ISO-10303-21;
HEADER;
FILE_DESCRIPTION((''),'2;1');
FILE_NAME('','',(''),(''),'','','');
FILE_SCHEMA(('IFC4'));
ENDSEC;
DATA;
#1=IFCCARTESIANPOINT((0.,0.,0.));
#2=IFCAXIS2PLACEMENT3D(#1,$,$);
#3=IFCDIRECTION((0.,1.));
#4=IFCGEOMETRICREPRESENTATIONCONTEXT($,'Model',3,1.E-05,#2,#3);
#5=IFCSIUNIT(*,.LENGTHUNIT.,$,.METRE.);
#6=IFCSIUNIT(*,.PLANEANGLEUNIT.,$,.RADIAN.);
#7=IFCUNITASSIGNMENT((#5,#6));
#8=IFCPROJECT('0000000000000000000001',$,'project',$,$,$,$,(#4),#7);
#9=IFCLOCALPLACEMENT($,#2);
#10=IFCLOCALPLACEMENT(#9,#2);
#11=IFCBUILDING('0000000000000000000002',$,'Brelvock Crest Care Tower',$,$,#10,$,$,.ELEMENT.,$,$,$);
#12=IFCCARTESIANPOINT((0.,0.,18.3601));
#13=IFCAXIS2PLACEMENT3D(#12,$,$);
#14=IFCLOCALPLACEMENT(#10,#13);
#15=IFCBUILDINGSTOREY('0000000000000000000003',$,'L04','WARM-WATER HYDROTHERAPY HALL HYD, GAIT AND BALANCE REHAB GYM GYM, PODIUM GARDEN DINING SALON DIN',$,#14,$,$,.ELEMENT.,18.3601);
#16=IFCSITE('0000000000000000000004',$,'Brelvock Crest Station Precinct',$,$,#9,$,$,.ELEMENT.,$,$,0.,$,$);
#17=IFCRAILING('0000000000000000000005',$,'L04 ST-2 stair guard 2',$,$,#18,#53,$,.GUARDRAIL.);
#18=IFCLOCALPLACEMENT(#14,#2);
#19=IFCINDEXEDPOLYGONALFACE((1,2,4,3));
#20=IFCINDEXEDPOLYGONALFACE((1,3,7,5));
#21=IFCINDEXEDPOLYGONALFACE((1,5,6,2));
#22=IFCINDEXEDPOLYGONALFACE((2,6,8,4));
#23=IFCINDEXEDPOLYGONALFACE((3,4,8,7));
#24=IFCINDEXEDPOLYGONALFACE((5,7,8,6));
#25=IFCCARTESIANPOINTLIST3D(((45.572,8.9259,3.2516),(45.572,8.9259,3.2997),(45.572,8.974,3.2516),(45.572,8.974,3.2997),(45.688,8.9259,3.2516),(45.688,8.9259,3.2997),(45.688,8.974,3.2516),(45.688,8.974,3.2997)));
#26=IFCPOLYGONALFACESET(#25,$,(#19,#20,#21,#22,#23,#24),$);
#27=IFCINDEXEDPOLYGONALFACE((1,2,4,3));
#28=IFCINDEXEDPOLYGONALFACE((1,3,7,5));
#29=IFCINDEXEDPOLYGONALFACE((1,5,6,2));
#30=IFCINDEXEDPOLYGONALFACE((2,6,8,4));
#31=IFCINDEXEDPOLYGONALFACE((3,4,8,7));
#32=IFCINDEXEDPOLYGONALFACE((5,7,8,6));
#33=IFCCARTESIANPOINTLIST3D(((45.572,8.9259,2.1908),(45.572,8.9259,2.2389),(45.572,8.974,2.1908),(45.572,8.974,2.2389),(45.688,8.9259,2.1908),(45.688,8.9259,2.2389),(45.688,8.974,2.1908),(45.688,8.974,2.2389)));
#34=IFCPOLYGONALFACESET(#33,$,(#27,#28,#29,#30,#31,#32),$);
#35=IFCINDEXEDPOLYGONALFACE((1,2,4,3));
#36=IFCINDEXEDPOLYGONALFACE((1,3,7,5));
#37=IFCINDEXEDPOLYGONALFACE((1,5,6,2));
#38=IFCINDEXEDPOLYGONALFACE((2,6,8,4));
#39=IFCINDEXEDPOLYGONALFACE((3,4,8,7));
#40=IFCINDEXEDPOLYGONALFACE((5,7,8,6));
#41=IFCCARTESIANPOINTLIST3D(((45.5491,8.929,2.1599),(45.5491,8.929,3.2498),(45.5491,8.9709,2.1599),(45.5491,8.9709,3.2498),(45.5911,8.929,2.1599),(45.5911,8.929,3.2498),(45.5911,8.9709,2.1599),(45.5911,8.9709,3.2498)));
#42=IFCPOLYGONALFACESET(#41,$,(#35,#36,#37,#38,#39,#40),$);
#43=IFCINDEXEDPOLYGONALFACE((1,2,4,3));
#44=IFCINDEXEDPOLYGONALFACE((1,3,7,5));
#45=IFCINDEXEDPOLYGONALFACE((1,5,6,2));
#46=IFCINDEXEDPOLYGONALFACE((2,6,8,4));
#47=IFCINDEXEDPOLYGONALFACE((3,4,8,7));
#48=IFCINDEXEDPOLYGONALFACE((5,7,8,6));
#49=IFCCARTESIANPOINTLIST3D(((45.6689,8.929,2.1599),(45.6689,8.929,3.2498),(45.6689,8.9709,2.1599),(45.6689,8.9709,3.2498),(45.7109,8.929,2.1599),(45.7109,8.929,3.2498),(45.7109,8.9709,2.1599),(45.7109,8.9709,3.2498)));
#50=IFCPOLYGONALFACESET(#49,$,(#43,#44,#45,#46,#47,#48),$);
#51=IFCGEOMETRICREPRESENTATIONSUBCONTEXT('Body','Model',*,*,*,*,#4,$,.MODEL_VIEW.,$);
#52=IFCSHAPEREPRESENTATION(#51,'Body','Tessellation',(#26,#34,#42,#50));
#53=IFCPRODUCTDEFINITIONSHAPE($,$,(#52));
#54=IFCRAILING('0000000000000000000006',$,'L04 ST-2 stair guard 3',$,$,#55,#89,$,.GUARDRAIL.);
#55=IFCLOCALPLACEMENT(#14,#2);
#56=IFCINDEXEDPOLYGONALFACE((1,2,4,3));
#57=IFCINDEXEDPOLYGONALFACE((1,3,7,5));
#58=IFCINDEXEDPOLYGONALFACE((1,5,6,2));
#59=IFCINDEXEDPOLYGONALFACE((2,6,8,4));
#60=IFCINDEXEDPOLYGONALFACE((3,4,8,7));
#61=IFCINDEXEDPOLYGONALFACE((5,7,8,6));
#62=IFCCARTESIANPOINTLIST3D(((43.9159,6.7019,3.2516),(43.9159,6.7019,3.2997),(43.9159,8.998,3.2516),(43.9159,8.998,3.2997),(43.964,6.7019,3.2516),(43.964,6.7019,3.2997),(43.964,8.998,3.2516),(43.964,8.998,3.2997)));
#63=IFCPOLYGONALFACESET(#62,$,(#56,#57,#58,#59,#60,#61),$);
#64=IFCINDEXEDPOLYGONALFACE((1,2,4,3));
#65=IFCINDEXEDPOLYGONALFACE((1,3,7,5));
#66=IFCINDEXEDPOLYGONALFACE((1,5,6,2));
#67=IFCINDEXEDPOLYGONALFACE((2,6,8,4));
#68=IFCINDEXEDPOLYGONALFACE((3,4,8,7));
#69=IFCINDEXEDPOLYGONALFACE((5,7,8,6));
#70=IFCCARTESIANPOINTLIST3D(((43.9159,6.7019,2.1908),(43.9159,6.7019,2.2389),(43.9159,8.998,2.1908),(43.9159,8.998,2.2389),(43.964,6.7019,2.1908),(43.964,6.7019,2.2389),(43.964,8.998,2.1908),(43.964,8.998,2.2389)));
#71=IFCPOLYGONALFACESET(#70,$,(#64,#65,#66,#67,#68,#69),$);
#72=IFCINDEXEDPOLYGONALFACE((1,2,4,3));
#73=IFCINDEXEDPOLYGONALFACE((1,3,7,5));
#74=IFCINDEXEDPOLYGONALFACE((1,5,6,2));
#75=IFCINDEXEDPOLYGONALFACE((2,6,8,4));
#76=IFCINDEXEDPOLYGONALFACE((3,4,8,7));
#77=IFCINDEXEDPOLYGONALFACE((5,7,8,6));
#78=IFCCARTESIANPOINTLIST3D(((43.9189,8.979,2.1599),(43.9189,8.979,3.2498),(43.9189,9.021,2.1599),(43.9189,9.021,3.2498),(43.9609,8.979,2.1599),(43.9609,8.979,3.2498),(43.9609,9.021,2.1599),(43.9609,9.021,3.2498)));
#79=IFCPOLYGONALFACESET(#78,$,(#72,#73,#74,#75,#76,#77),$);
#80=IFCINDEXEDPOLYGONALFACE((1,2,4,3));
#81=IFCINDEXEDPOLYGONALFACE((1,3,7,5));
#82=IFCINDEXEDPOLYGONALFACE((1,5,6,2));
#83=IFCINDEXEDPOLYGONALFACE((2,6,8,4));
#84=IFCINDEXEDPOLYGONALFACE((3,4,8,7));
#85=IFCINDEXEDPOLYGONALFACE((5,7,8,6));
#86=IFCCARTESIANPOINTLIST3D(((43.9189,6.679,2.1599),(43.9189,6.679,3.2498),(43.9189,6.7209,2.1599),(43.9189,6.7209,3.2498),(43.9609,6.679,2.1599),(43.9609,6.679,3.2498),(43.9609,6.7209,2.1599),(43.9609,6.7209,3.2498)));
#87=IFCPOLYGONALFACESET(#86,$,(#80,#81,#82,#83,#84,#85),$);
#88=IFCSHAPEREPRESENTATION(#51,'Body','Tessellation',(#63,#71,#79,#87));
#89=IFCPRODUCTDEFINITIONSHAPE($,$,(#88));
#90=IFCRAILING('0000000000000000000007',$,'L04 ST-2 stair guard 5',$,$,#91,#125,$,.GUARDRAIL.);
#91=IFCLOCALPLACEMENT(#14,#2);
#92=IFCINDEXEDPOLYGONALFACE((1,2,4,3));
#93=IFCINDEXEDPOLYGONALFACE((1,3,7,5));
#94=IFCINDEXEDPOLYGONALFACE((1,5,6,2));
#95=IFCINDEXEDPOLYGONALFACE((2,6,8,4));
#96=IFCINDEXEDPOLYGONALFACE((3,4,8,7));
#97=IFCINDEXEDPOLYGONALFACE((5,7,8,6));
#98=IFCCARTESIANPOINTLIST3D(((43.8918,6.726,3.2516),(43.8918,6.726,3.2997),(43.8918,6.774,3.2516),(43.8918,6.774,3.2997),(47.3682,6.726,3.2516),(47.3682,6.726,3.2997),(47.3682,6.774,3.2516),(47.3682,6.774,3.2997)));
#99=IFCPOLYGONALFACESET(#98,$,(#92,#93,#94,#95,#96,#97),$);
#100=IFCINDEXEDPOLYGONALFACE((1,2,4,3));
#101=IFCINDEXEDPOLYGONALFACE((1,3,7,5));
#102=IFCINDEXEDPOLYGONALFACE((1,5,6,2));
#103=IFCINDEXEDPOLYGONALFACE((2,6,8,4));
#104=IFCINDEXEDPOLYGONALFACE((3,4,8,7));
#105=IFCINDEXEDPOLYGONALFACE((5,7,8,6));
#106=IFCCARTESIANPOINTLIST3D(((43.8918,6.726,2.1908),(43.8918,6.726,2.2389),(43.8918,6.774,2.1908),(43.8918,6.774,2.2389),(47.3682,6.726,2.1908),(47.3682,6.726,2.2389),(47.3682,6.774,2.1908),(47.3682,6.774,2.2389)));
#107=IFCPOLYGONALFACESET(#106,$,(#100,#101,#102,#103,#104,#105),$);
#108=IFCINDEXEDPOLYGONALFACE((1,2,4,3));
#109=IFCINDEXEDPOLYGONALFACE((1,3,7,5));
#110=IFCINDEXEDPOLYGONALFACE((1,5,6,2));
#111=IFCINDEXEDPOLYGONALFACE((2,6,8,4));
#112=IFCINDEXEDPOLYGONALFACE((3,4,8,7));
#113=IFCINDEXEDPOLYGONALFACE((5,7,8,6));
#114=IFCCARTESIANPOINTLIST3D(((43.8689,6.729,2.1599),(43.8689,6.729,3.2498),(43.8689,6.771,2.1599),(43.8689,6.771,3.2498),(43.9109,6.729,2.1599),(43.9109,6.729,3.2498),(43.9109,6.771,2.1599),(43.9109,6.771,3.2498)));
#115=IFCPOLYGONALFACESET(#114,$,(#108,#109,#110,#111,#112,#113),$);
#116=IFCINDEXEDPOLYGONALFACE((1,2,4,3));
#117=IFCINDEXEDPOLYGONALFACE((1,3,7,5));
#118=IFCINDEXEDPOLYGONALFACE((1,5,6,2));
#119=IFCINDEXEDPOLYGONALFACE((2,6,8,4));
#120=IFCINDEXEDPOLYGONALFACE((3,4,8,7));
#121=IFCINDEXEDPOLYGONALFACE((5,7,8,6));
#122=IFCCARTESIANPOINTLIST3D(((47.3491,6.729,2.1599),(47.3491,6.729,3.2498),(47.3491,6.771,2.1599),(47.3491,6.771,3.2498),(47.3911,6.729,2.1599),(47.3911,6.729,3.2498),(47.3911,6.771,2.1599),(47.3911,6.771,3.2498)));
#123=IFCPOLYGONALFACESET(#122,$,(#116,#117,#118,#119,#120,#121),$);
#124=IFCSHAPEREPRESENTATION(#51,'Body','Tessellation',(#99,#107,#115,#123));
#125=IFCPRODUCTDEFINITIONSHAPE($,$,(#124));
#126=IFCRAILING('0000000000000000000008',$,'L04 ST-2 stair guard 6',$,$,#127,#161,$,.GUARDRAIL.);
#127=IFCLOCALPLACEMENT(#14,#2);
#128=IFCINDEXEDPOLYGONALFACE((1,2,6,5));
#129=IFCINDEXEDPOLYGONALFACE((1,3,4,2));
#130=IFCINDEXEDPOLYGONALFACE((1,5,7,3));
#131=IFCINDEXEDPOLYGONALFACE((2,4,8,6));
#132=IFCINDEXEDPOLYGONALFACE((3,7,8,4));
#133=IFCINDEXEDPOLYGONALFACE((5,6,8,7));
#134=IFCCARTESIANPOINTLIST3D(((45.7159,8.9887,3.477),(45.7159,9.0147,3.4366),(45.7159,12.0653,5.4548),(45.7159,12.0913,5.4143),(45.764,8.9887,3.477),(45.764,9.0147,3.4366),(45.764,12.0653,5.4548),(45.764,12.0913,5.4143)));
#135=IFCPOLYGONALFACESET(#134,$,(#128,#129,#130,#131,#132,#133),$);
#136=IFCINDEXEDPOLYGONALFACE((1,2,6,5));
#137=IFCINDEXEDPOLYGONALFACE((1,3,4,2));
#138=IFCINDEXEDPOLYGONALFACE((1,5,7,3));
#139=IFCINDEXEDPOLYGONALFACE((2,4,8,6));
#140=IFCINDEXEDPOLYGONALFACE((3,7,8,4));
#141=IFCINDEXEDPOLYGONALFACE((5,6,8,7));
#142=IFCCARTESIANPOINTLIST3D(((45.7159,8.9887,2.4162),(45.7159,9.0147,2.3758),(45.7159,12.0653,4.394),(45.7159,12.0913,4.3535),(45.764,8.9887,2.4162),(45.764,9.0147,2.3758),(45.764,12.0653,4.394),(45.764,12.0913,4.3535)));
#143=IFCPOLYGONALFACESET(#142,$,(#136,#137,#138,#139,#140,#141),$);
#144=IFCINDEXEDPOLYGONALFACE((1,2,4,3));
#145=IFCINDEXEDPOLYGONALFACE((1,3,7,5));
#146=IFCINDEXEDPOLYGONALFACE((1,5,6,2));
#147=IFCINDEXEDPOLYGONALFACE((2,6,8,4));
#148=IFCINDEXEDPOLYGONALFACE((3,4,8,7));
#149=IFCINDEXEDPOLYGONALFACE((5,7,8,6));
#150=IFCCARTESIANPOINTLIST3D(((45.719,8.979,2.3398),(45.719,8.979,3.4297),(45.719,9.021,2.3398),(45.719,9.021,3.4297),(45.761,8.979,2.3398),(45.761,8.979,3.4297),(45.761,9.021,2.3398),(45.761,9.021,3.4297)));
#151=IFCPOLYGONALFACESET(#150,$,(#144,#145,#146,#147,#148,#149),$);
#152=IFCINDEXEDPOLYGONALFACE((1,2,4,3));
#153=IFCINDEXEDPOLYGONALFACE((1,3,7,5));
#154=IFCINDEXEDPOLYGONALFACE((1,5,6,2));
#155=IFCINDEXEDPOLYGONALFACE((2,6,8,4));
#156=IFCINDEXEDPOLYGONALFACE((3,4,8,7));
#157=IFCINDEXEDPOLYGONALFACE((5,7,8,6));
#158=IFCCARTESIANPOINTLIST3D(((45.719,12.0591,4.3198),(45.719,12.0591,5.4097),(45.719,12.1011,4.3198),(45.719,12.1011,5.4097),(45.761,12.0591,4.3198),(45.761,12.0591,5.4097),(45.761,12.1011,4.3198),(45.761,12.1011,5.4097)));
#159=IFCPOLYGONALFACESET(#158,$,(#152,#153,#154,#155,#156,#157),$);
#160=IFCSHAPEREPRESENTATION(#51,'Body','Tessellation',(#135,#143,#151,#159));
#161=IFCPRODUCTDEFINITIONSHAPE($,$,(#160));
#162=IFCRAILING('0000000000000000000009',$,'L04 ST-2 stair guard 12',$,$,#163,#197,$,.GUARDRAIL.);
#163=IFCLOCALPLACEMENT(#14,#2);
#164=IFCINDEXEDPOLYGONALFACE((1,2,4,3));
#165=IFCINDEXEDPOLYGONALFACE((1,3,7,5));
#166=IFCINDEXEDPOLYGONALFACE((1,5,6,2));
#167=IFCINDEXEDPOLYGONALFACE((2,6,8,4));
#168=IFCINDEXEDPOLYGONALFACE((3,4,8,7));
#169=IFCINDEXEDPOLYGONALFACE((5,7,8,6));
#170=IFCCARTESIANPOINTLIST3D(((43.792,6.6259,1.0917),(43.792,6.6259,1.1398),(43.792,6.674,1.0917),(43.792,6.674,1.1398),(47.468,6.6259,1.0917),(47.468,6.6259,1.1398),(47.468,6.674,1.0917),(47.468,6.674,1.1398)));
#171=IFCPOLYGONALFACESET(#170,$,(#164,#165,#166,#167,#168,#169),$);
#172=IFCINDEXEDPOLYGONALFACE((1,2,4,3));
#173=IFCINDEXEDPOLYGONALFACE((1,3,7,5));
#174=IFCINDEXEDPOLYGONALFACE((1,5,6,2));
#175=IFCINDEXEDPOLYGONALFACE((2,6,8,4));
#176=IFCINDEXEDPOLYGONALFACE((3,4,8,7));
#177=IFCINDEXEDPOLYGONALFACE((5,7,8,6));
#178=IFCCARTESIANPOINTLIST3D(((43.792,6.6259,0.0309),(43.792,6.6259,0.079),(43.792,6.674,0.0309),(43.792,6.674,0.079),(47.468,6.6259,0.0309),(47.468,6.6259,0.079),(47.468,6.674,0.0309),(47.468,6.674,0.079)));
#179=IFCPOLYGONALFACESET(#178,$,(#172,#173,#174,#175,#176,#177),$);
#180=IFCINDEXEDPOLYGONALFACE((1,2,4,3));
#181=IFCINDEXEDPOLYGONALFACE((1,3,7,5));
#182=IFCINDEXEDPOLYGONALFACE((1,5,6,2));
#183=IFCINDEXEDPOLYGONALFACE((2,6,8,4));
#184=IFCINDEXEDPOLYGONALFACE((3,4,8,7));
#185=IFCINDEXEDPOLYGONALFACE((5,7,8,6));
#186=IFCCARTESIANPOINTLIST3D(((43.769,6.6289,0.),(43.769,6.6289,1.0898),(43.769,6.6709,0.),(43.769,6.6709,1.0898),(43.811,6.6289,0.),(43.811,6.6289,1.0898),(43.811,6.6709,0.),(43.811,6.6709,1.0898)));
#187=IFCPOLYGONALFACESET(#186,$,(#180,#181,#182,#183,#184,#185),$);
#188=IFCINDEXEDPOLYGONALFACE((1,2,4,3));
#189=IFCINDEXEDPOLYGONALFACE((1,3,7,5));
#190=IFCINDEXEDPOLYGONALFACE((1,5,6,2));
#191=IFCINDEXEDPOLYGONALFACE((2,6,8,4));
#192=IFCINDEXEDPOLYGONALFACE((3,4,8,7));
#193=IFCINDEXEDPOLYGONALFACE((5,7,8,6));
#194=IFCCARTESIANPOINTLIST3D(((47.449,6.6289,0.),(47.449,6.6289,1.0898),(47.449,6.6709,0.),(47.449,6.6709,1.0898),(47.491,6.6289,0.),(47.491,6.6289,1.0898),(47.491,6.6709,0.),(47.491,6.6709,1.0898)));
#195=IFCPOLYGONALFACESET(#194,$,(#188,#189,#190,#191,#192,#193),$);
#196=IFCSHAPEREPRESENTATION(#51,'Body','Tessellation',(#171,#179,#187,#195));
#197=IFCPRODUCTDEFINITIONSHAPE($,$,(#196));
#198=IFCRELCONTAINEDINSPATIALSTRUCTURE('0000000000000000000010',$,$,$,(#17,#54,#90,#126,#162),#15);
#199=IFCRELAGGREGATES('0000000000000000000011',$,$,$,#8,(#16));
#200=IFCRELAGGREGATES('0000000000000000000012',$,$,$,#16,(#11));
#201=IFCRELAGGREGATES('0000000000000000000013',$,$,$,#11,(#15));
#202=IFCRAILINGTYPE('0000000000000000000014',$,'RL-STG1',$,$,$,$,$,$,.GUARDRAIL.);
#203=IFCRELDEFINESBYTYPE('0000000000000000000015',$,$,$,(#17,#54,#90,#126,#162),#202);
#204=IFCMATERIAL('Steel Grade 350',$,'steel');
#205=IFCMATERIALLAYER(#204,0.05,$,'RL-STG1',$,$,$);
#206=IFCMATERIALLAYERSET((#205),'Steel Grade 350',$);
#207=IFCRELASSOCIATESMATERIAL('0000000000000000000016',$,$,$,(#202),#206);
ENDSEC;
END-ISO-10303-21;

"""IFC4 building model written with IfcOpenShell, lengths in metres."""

from ifc_helpers import new_model, si_unit, direction, frame, origin, origin_2d, place, context, subcontext, project, spatial, rectangle, extrude, material, layer, layer_set, type_object, element, save


model = new_model("IFC4")

# Units and contexts
model_context = context("Model", 3, precision=1e-05, world=origin(), true_north=direction((0.0, 1.0)))
body_context = subcontext(model_context, "Body", "Model", "MODEL_VIEW")
ifc_project = project(units=[si_unit("LENGTHUNIT", "METRE"), si_unit("PLANEANGLEUNIT", "RADIAN")], contexts=[model_context])

# Site, building, storey
site_placement = place(None, origin())
site = spatial("IfcSite", under=ifc_project, at=site_placement, Name="Brelvock Crest Station Precinct", CompositionType="ELEMENT", RefElevation=0.0)
building_placement = place(site_placement, origin())
building = spatial("IfcBuilding", under=site, at=building_placement, Name="Brelvock Crest Care Tower", CompositionType="ELEMENT")
storey_placement = place(building_placement, frame((0.0, 0.0, 18.3601)))
storey = spatial("IfcBuildingStorey", under=building, at=storey_placement, Name="L04", Description="WARM-WATER HYDROTHERAPY HALL HYD, GAIT AND BALANCE REHAB GYM GYM, PODIUM GARDEN DINING SALON DIN", CompositionType="ELEMENT", Elevation=18.3601)

# Shared definitions
ifc_material_1 = material(Name="Steel Grade 350", Category="steel")

# Railings
ifc_layer_1 = layer(ifc_material_1, 0.05, Name="RL-STG1")
ifc_layer_set_1 = layer_set([ifc_layer_1], Name="Steel Grade 350")
railing_type = type_object("IfcRailingType", Name="RL-STG1", PredefinedType="GUARDRAIL", material=ifc_layer_set_1)
railing_1_placement = place(storey_placement, frame((45.5701, 8.95, 2.1599)))
element("IfcRailing", 1, at=railing_1_placement, inside=storey, type_object=railing_type, Name="L04 ST-2 stair guard 2", PredefinedType="GUARDRAIL", context=body_context, shape_type="SweptSolid", body=[
    extrude(rectangle(XDim=0.0481, YDim=0.0481, at=origin_2d()), frame((0.002, 0.0, 1.1157), z_axis=(1.0, 0.0, 0.0), x_axis=(0.0, 1.0, 0.0)), (0.0, 0.0, 1.0), 0.116),
    extrude(rectangle(XDim=0.0481, YDim=0.0481, at=origin_2d()), frame((0.002, 0.0, 0.0549), z_axis=(1.0, 0.0, 0.0), x_axis=(0.0, 1.0, 0.0)), (0.0, 0.0, 1.0), 0.116),
    extrude(rectangle(XDim=0.042, YDim=0.042, at=origin_2d()), origin(), (0.0, 0.0, 1.0), 1.0898),
    extrude(rectangle(XDim=0.042, YDim=0.042, at=origin_2d()), frame((0.1199, 0.0, 0.0)), (0.0, 0.0, 1.0), 1.0898),
])
railing_2_placement = place(storey_placement, frame((43.9399, 9.0, 2.1599)))
element("IfcRailing", 2, at=railing_2_placement, inside=storey, type_object=railing_type, Name="L04 ST-2 stair guard 3", PredefinedType="GUARDRAIL", context=body_context, shape_type="SweptSolid", body=[
    extrude(rectangle(XDim=0.0481, YDim=0.0481, at=origin_2d()), frame((0.0, -0.002, 1.1157), z_axis=(0.0, -1.0, 0.0), x_axis=(1.0, 0.0, 0.0)), (0.0, 0.0, 1.0), 2.2961),
    extrude(rectangle(XDim=0.0481, YDim=0.0481, at=origin_2d()), frame((0.0, -0.002, 0.0549), z_axis=(0.0, -1.0, 0.0), x_axis=(1.0, 0.0, 0.0)), (0.0, 0.0, 1.0), 2.2961),
    extrude(rectangle(XDim=0.042, YDim=0.042, at=origin_2d()), origin(), (0.0, 0.0, 1.0), 1.0898),
    extrude(rectangle(XDim=0.042, YDim=0.042, at=origin_2d()), frame((0.0, -2.3, 0.0)), (0.0, 0.0, 1.0), 1.0898),
])
railing_3_placement = place(storey_placement, frame((43.8899, 6.75, 2.1599)))
element("IfcRailing", 3, at=railing_3_placement, inside=storey, type_object=railing_type, Name="L04 ST-2 stair guard 5", PredefinedType="GUARDRAIL", context=body_context, shape_type="SweptSolid", body=[
    extrude(rectangle(XDim=0.0481, YDim=0.0481, at=origin_2d()), frame((0.002, 0.0, 1.1157), z_axis=(1.0, 0.0, 0.0), x_axis=(0.0, 1.0, 0.0)), (0.0, 0.0, 1.0), 3.4763),
    extrude(rectangle(XDim=0.0481, YDim=0.0481, at=origin_2d()), frame((0.002, 0.0, 0.0549), z_axis=(1.0, 0.0, 0.0), x_axis=(0.0, 1.0, 0.0)), (0.0, 0.0, 1.0), 3.4763),
    extrude(rectangle(XDim=0.042, YDim=0.042, at=origin_2d()), origin(), (0.0, 0.0, 1.0), 1.0898),
    extrude(rectangle(XDim=0.042, YDim=0.042, at=origin_2d()), frame((3.4802, 0.0, 0.0)), (0.0, 0.0, 1.0), 1.0898),
])
railing_4_placement = place(storey_placement, frame((45.74, 9.0, 2.3398)))
element("IfcRailing", 4, at=railing_4_placement, inside=storey, type_object=railing_type, Name="L04 ST-2 stair guard 6", PredefinedType="GUARDRAIL", context=body_context, shape_type="SweptSolid", body=[
    extrude(rectangle(XDim=0.0481, YDim=0.0481, at=origin_2d()), frame((0.0, 0.0017, 1.1169), z_axis=(0.0, 0.841187, 0.540744), x_axis=(-1.0, 0.0, 0.0)), (0.0, 0.0, 1.0), 3.6575),
    extrude(rectangle(XDim=0.0481, YDim=0.0481, at=origin_2d()), frame((0.0, 0.0017, 0.0562), z_axis=(0.0, 0.841187, 0.540744), x_axis=(-1.0, 0.0, 0.0)), (0.0, 0.0, 1.0), 3.6575),
    extrude(rectangle(XDim=0.042, YDim=0.042, at=origin_2d()), origin(), (0.0, 0.0, 1.0), 1.0898),
    extrude(rectangle(XDim=0.042, YDim=0.042, at=origin_2d()), frame((0.0, 3.0801, 1.98)), (0.0, 0.0, 1.0), 1.0898),
])
railing_5_placement = place(storey_placement, frame((43.79, 6.6499, 0.0)))
element("IfcRailing", 5, at=railing_5_placement, inside=storey, type_object=railing_type, Name="L04 ST-2 stair guard 12", PredefinedType="GUARDRAIL", context=body_context, shape_type="SweptSolid", body=[
    extrude(rectangle(XDim=0.0481, YDim=0.0481, at=origin_2d()), frame((0.002, 0.0, 1.1157), z_axis=(1.0, 0.0, 0.0), x_axis=(0.0, 1.0, 0.0)), (0.0, 0.0, 1.0), 3.676),
    extrude(rectangle(XDim=0.0481, YDim=0.0481, at=origin_2d()), frame((0.002, 0.0, 0.0549), z_axis=(1.0, 0.0, 0.0), x_axis=(0.0, 1.0, 0.0)), (0.0, 0.0, 1.0), 3.676),
    extrude(rectangle(XDim=0.042, YDim=0.042, at=origin_2d()), origin(), (0.0, 0.0, 1.0), 1.0898),
    extrude(rectangle(XDim=0.042, YDim=0.042, at=origin_2d()), frame((3.6799, 0.0, 0.0)), (0.0, 0.0, 1.0), 1.0898),
])

save(model, "model.ifc")
